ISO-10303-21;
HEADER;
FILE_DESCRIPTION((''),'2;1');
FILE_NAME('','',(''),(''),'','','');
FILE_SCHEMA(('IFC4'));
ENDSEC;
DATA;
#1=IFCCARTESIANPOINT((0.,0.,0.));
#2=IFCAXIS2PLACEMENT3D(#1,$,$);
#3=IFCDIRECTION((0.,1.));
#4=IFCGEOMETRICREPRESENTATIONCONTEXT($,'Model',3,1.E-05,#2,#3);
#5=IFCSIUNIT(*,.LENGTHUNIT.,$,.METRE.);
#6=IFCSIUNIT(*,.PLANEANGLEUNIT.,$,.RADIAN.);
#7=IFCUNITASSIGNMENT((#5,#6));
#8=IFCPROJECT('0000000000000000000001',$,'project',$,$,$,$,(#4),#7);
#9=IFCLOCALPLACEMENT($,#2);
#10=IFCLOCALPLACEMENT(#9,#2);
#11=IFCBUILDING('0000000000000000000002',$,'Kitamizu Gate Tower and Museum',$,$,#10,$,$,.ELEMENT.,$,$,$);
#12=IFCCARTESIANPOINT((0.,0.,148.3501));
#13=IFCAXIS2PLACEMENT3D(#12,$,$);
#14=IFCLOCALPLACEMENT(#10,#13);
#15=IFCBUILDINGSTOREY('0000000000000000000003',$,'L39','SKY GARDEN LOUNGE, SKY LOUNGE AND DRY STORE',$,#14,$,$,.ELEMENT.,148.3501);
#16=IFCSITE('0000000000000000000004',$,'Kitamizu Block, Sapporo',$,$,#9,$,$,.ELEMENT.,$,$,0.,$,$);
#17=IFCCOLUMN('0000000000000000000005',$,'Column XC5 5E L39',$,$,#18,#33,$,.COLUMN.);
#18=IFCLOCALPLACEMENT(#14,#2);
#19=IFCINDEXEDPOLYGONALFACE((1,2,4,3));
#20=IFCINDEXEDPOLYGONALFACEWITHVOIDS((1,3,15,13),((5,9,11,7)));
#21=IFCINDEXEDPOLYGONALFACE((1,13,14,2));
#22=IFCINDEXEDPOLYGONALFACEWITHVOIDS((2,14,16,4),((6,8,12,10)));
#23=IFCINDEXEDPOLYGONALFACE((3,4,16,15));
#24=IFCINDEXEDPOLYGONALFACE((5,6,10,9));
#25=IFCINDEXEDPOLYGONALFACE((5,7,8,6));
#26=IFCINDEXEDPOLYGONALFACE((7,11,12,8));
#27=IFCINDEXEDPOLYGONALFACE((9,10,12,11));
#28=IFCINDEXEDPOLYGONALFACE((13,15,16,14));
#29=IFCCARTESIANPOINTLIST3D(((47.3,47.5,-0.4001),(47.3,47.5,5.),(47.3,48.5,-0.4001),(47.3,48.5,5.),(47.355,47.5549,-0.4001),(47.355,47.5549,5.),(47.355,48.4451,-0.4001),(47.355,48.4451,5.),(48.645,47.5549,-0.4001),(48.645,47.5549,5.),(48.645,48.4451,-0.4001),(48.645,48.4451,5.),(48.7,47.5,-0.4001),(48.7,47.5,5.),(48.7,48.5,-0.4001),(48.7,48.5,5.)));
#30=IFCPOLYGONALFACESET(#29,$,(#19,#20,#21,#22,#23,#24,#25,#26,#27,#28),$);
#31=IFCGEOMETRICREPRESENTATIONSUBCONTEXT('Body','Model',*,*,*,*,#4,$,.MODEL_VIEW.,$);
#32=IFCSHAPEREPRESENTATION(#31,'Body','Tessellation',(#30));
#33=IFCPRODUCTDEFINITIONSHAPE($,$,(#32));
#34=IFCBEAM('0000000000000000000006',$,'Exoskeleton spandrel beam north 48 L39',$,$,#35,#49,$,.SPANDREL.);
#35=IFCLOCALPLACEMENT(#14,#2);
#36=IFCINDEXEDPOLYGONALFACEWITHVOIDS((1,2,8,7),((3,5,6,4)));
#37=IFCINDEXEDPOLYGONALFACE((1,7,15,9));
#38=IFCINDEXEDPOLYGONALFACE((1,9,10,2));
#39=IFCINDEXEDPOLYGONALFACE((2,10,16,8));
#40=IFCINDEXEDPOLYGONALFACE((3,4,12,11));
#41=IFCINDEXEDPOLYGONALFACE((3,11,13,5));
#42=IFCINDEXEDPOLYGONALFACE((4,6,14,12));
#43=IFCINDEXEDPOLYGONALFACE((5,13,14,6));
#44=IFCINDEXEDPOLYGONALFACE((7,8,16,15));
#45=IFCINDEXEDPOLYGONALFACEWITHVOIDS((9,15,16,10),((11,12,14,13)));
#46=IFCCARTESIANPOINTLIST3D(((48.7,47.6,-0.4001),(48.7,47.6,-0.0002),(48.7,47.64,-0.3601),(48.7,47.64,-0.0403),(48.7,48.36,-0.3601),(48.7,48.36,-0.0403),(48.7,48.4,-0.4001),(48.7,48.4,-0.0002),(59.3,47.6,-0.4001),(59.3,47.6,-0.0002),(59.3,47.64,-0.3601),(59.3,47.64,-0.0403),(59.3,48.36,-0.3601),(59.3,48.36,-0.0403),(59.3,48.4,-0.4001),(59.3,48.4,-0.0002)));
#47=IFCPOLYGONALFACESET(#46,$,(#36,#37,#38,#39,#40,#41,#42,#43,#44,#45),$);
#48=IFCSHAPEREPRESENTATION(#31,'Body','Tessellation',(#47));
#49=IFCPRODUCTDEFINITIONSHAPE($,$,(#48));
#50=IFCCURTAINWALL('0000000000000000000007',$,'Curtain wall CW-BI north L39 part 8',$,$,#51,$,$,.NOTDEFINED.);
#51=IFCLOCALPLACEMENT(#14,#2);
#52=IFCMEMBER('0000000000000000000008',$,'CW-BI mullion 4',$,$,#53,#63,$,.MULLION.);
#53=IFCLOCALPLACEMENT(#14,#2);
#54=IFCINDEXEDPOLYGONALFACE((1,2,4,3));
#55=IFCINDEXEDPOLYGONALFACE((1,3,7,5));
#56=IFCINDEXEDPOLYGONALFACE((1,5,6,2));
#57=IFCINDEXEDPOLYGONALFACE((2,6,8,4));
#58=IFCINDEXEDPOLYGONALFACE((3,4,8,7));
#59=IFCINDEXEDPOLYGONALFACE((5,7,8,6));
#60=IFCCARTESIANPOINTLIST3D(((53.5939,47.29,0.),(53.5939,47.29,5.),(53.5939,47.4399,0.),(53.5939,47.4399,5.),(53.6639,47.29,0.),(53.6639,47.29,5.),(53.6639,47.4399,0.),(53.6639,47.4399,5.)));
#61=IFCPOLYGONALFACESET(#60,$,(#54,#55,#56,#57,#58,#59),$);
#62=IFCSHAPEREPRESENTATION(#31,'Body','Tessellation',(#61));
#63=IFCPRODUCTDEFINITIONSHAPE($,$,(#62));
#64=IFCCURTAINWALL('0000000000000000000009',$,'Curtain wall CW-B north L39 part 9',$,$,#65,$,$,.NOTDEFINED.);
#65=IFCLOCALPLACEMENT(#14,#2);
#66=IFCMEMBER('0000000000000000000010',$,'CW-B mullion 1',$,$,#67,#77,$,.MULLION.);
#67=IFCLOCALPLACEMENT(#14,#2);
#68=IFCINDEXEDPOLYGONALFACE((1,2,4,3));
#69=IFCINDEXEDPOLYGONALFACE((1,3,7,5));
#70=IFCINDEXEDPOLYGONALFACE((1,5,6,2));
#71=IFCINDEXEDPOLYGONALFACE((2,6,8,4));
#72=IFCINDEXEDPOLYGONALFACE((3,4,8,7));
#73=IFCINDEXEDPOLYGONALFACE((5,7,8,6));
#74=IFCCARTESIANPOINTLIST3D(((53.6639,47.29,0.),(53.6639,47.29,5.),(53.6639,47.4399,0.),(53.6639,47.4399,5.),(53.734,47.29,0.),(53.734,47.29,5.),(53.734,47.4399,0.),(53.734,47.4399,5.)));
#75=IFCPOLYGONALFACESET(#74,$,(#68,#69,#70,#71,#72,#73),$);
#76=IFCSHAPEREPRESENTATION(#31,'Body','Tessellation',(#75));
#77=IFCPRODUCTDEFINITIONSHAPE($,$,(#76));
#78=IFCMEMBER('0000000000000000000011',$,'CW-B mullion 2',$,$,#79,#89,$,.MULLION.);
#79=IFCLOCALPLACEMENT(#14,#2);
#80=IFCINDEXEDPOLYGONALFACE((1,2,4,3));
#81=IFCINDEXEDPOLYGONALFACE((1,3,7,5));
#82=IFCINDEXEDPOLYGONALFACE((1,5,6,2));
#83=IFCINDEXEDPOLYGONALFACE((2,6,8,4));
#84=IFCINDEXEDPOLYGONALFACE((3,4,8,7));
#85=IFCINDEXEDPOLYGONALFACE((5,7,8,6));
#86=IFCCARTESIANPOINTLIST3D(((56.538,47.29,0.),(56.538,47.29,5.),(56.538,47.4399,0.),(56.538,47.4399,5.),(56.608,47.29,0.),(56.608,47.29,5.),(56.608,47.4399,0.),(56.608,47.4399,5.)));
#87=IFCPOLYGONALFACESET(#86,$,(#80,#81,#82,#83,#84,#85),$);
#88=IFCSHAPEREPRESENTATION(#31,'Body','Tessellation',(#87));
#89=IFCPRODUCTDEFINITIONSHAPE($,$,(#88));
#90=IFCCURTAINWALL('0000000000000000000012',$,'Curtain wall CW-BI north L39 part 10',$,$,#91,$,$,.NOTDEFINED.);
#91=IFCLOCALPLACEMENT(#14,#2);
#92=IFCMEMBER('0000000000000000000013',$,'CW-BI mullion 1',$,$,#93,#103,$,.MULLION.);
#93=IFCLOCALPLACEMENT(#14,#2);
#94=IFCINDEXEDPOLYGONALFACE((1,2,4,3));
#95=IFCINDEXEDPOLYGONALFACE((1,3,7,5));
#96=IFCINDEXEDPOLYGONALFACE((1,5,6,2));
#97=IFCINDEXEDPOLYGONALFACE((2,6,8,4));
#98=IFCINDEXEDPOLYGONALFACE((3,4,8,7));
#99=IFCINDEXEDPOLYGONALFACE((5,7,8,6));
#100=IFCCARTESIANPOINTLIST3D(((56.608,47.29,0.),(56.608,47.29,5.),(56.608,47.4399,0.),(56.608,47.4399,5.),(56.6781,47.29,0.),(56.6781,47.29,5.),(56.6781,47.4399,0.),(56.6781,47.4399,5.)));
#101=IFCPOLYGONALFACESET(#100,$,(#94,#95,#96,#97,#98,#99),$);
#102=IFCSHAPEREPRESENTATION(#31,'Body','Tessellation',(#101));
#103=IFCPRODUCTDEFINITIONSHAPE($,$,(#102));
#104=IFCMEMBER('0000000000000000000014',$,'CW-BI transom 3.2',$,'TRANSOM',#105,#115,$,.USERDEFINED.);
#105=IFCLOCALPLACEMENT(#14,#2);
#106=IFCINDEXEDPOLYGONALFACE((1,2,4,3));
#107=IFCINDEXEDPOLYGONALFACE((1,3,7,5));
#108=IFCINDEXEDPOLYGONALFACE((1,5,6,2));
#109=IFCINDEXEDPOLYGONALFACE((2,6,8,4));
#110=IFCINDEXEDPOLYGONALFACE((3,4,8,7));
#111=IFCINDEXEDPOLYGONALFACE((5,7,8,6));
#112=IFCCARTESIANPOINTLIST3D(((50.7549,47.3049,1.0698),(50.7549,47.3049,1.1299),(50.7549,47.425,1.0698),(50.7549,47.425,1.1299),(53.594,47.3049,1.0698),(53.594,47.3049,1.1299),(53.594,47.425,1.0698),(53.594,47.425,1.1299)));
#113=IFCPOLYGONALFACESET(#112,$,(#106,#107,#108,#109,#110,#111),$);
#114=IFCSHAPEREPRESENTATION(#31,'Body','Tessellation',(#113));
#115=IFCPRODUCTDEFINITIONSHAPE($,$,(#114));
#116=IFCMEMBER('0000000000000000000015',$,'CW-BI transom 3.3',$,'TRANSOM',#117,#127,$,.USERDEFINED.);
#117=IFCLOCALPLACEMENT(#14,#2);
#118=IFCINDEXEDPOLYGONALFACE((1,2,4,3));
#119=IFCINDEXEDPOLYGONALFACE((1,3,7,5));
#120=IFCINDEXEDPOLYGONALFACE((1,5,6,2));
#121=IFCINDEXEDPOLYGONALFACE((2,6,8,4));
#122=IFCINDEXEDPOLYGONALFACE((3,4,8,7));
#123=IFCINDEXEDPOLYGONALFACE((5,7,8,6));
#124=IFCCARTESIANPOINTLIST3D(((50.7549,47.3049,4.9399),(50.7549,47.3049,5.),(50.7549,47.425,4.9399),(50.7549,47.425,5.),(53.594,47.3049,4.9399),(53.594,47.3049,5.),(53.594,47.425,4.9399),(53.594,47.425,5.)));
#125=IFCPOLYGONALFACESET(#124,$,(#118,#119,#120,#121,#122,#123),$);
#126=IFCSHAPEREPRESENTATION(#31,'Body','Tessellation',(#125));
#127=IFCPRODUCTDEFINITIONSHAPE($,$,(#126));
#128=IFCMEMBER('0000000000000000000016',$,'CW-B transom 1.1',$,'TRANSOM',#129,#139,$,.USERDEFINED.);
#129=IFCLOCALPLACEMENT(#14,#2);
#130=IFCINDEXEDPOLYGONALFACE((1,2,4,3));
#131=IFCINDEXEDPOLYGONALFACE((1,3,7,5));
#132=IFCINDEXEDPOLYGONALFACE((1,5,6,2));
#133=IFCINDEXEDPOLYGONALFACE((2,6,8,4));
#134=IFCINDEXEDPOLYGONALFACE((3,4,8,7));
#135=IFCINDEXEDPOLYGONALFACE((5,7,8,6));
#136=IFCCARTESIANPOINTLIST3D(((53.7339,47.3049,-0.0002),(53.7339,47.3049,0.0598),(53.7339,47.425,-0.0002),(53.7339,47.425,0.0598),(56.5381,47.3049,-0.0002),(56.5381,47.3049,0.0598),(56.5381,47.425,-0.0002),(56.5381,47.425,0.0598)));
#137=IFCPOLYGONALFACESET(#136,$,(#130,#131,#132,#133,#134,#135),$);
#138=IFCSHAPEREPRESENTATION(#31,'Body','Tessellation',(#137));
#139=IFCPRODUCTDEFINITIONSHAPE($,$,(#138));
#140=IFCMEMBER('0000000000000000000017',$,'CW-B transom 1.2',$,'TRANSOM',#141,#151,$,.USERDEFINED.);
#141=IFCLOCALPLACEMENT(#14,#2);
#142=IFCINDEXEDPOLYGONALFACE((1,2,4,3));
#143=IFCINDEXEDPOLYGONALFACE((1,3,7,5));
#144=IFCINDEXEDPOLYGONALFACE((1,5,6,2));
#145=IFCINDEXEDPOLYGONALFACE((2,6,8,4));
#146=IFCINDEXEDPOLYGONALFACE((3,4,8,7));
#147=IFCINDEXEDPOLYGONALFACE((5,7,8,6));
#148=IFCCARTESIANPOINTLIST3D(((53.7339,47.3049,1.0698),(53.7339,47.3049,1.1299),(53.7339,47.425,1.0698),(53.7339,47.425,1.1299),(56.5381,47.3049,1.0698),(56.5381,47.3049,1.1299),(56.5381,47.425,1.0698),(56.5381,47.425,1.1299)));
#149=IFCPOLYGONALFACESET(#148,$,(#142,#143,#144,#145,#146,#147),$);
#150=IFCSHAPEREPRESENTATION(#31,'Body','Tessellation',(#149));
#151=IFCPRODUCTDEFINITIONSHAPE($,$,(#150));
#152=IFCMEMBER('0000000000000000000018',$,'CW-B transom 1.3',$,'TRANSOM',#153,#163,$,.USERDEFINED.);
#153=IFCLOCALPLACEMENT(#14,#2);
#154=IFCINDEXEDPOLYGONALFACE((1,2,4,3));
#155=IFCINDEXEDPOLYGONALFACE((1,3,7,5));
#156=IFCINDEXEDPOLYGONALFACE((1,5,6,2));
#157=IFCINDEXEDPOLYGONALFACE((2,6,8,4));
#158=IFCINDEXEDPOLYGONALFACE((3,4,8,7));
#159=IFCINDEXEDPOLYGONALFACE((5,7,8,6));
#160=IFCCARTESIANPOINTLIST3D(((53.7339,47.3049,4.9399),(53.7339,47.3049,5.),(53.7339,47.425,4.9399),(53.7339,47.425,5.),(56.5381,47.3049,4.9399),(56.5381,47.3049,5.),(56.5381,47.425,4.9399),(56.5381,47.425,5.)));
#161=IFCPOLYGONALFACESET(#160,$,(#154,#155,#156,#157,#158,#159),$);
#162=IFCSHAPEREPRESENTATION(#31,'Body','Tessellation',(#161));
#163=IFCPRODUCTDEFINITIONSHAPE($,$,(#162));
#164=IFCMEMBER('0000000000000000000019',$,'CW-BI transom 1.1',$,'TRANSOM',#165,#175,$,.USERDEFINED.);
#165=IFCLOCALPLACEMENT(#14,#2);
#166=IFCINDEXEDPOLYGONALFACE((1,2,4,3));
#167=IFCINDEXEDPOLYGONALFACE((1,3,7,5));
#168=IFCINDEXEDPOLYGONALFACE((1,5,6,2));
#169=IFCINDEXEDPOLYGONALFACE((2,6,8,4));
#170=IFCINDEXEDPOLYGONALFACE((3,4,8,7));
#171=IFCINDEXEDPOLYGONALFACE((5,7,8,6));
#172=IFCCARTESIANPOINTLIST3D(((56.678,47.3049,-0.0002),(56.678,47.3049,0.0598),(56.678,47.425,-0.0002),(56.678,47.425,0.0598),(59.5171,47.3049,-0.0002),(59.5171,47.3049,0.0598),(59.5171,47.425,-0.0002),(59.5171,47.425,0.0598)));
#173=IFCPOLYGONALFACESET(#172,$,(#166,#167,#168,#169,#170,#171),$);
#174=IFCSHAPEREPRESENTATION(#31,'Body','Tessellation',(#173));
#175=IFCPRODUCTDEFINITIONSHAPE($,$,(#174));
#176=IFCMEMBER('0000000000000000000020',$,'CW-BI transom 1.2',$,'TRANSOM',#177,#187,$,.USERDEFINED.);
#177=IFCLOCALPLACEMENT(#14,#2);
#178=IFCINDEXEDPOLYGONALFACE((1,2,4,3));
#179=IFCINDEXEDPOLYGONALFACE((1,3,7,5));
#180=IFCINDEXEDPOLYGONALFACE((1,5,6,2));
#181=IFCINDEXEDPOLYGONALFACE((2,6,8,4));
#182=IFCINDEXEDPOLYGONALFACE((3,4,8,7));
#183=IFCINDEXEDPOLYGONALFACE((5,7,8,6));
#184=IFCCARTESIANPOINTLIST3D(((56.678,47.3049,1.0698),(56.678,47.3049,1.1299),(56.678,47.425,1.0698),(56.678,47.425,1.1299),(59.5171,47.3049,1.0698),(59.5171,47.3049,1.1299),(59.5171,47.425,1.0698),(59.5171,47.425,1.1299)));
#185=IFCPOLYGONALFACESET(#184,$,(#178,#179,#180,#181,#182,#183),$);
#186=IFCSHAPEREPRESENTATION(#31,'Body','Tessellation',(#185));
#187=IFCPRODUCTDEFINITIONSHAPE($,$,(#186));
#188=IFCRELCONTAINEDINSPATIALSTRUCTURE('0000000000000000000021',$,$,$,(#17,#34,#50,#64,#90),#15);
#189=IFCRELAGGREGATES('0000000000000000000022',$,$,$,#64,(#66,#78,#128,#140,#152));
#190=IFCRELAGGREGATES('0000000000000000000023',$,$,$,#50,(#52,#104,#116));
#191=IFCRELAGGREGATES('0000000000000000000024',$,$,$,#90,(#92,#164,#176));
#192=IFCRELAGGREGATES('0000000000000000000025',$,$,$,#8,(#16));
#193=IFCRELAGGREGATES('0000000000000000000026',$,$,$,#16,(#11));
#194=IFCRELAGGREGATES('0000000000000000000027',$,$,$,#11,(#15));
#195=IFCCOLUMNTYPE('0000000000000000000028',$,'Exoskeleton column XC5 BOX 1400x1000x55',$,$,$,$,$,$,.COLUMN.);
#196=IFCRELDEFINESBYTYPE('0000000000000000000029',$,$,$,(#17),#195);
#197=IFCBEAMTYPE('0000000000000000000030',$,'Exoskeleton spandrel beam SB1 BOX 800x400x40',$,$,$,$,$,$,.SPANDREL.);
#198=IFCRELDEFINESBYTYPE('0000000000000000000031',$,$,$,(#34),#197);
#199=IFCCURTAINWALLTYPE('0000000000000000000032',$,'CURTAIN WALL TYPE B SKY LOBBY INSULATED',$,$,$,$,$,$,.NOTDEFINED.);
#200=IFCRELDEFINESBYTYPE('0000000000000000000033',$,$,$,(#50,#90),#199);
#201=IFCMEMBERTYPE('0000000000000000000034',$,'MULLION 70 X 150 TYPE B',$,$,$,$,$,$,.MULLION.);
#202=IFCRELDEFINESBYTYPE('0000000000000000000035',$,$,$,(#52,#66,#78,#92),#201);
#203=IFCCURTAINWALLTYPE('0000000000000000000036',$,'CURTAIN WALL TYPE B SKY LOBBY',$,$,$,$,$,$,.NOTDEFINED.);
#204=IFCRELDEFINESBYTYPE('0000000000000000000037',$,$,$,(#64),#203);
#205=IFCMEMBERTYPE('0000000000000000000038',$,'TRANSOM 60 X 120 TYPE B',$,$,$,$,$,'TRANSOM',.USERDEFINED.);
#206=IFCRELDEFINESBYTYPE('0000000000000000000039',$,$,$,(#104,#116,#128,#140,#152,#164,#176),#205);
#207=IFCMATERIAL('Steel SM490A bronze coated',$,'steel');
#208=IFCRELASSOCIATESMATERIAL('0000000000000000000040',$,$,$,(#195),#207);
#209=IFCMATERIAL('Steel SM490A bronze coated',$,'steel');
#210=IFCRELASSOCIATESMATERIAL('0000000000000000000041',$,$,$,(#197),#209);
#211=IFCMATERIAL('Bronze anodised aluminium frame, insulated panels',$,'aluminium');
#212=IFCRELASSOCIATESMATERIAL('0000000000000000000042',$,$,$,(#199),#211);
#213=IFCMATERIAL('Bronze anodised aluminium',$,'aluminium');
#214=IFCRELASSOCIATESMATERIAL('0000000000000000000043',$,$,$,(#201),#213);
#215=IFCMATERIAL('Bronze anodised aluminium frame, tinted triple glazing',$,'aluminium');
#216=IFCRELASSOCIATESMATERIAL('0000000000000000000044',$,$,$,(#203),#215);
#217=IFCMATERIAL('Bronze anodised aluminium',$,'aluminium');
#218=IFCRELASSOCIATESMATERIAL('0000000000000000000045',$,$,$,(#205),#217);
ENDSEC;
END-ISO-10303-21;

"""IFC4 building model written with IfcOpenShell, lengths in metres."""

from ifc_helpers import new_model, si_unit, direction, frame, origin, origin_2d, place, context, subcontext, project, spatial, rectangle, hollow_rectangle, extrude, material, material_profile, profile_set, type_object, element, aggregate, save


model = new_model("IFC4")

# Units and contexts
model_context = context("Model", 3, precision=1e-05, world=origin(), true_north=direction((0.0, 1.0)))
body_context = subcontext(model_context, "Body", "Model", "MODEL_VIEW")
ifc_project = project(units=[si_unit("LENGTHUNIT", "METRE"), si_unit("PLANEANGLEUNIT", "RADIAN")], contexts=[model_context])

# Site, building, storey
site_placement = place(None, origin())
site = spatial("IfcSite", under=ifc_project, at=site_placement, Name="Kitamizu Block, Sapporo", CompositionType="ELEMENT", RefElevation=0.0)
building_placement = place(site_placement, origin())
building = spatial("IfcBuilding", under=site, at=building_placement, Name="Kitamizu Gate Tower and Museum", CompositionType="ELEMENT")
storey_placement = place(building_placement, frame((0.0, 0.0, 148.3501)))
storey = spatial("IfcBuildingStorey", under=building, at=storey_placement, Name="L39", Description="SKY GARDEN LOUNGE, SKY LOUNGE AND DRY STORE", CompositionType="ELEMENT", Elevation=148.3501)

# Column
ifc_material_1 = material(Name="Steel SM490A bronze coated", Category="steel")
ifc_material_profile_1 = material_profile(ifc_material_1, hollow_rectangle(XDim=1.3999, YDim=1.0, WallThickness=0.0549, at=origin_2d()), Name="BOX 1400x1000x55")
ifc_profile_set_1 = profile_set([ifc_material_profile_1], Name="Steel SM490A bronze coated")
column_type = type_object("IfcColumnType", Name="Exoskeleton column XC5 BOX 1400x1000x55", PredefinedType="COLUMN", material=ifc_profile_set_1)
column_placement = place(storey_placement, frame((48.0, 48.0, -0.4001), z_axis=(0.0, 0.0, 1.0), x_axis=(1.0, 0.0, 0.0)))
element("IfcColumn", 1, at=column_placement, inside=storey, type_object=column_type, Name="Column XC5 5E L39", PredefinedType="COLUMN", context=body_context, shape_type="SweptSolid", body=[
    extrude(hollow_rectangle(XDim=1.3999, YDim=1.0, WallThickness=0.0549, at=origin_2d()), origin(), (0.0, 0.0, 1.0), 5.4001),
])

# Beam
ifc_material_2 = material(Name="Steel SM490A bronze coated", Category="steel")
ifc_material_profile_2 = material_profile(ifc_material_2, hollow_rectangle(XDim=0.8, YDim=0.3999, WallThickness=0.04, at=origin_2d()), Name="BOX 800x400x40")
ifc_profile_set_2 = profile_set([ifc_material_profile_2], Name="Steel SM490A bronze coated")
beam_type = type_object("IfcBeamType", Name="Exoskeleton spandrel beam SB1 BOX 800x400x40", PredefinedType="SPANDREL", material=ifc_profile_set_2)
beam_placement = place(storey_placement, frame((48.7, 48.0, -0.2002), z_axis=(1.0, 0.0, 0.0), x_axis=(0.0, 1.0, 0.0)))
element("IfcBeam", 2, at=beam_placement, inside=storey, type_object=beam_type, Name="Exoskeleton spandrel beam north 48 L39", PredefinedType="SPANDREL", context=body_context, shape_type="SweptSolid", body=[
    extrude(hollow_rectangle(XDim=0.8, YDim=0.3999, WallThickness=0.04, at=origin_2d()), origin(), (0.0, 0.0, 1.0), 10.6001),
])

# Curtain wall, member
ifc_material_3 = material(Name="Bronze anodised aluminium frame, insulated panels", Category="aluminium")
curtain_wall_type_1 = type_object("IfcCurtainWallType", Name="CURTAIN WALL TYPE B SKY LOBBY INSULATED", PredefinedType="NOTDEFINED", material=ifc_material_3)
curtain_wall_1_placement = place(storey_placement, origin())
curtain_wall_1 = element("IfcCurtainWall", 3, at=curtain_wall_1_placement, inside=storey, type_object=curtain_wall_type_1, Name="Curtain wall CW-BI north L39 part 8", PredefinedType="NOTDEFINED")
ifc_material_4 = material(Name="Bronze anodised aluminium", Category="aluminium")
ifc_material_profile_3 = material_profile(ifc_material_4, rectangle(XDim=0.0701, YDim=0.1499, at=origin_2d()), Name="AL 70X150")
ifc_profile_set_3 = profile_set([ifc_material_profile_3], Name="Bronze anodised aluminium")
member_type_1 = type_object("IfcMemberType", Name="MULLION 70 X 150 TYPE B", PredefinedType="MULLION", material=ifc_profile_set_3)
member_1_placement = place(storey_placement, frame((53.6289, 47.365, 0.0), z_axis=(0.0, 0.0, 1.0), x_axis=(1.0, 0.0, 0.0)))
member_1 = element("IfcMember", 4, at=member_1_placement, type_object=member_type_1, Name="CW-BI mullion 4", PredefinedType="MULLION", context=body_context, shape_type="SweptSolid", body=[
    extrude(rectangle(XDim=0.0701, YDim=0.1499, at=origin_2d()), origin(), (0.0, 0.0, 1.0), 5.0),
])

# Curtain wall, members
ifc_material_5 = material(Name="Bronze anodised aluminium frame, tinted triple glazing", Category="aluminium")
curtain_wall_type_2 = type_object("IfcCurtainWallType", Name="CURTAIN WALL TYPE B SKY LOBBY", PredefinedType="NOTDEFINED", material=ifc_material_5)
curtain_wall_2_placement = place(storey_placement, origin())
curtain_wall_2 = element("IfcCurtainWall", 5, at=curtain_wall_2_placement, inside=storey, type_object=curtain_wall_type_2, Name="Curtain wall CW-B north L39 part 9", PredefinedType="NOTDEFINED")
member_2_placement = place(storey_placement, frame((53.699, 47.365, 0.0), z_axis=(0.0, 0.0, 1.0), x_axis=(1.0, 0.0, 0.0)))
member_2 = element("IfcMember", 6, at=member_2_placement, type_object=member_type_1, Name="CW-B mullion 1", PredefinedType="MULLION", context=body_context, shape_type="SweptSolid", body=[
    extrude(rectangle(XDim=0.0701, YDim=0.1499, at=origin_2d()), origin(), (0.0, 0.0, 1.0), 5.0),
])
member_3_placement = place(storey_placement, frame((56.573, 47.365, 0.0), z_axis=(0.0, 0.0, 1.0), x_axis=(1.0, 0.0, 0.0)))
member_3 = element("IfcMember", 7, at=member_3_placement, type_object=member_type_1, Name="CW-B mullion 2", PredefinedType="MULLION", context=body_context, shape_type="SweptSolid", body=[
    extrude(rectangle(XDim=0.0701, YDim=0.1499, at=origin_2d()), origin(), (0.0, 0.0, 1.0), 5.0),
])

# Curtain wall, member
curtain_wall_3_placement = place(storey_placement, origin())
curtain_wall_3 = element("IfcCurtainWall", 8, at=curtain_wall_3_placement, inside=storey, type_object=curtain_wall_type_1, Name="Curtain wall CW-BI north L39 part 10", PredefinedType="NOTDEFINED")
member_4_placement = place(storey_placement, frame((56.6431, 47.365, 0.0), z_axis=(0.0, 0.0, 1.0), x_axis=(1.0, 0.0, 0.0)))
member_4 = element("IfcMember", 9, at=member_4_placement, type_object=member_type_1, Name="CW-BI mullion 1", PredefinedType="MULLION", context=body_context, shape_type="SweptSolid", body=[
    extrude(rectangle(XDim=0.0701, YDim=0.1499, at=origin_2d()), origin(), (0.0, 0.0, 1.0), 5.0),
])

# Members
ifc_material_6 = material(Name="Bronze anodised aluminium", Category="aluminium")
ifc_material_profile_4 = material_profile(ifc_material_6, rectangle(XDim=0.1201, YDim=0.0601, at=origin_2d()), Name="AL 60X120")
ifc_profile_set_4 = profile_set([ifc_material_profile_4], Name="Bronze anodised aluminium")
member_type_2 = type_object("IfcMemberType", Name="TRANSOM 60 X 120 TYPE B", ElementType="TRANSOM", PredefinedType="USERDEFINED", material=ifc_profile_set_4)
member_5_placement = place(storey_placement, frame((50.7549, 47.365, 1.0999), z_axis=(1.0, 0.0, 0.0), x_axis=(0.0, 1.0, 0.0)))
member_5 = element("IfcMember", 10, at=member_5_placement, type_object=member_type_2, Name="CW-BI transom 3.2", ObjectType="TRANSOM", PredefinedType="USERDEFINED", context=body_context, shape_type="SweptSolid", body=[
    extrude(rectangle(XDim=0.1201, YDim=0.0601, at=origin_2d()), origin(), (0.0, 0.0, 1.0), 2.8391),
])
member_6_placement = place(storey_placement, frame((50.7549, 47.365, 4.97), z_axis=(1.0, 0.0, 0.0), x_axis=(0.0, 1.0, 0.0)))
member_6 = element("IfcMember", 11, at=member_6_placement, type_object=member_type_2, Name="CW-BI transom 3.3", ObjectType="TRANSOM", PredefinedType="USERDEFINED", context=body_context, shape_type="SweptSolid", body=[
    extrude(rectangle(XDim=0.1201, YDim=0.0601, at=origin_2d()), origin(), (0.0, 0.0, 1.0), 2.8391),
])
member_7_placement = place(storey_placement, frame((53.7339, 47.365, 0.0298), z_axis=(1.0, 0.0, 0.0), x_axis=(0.0, 1.0, 0.0)))
member_7 = element("IfcMember", 12, at=member_7_placement, type_object=member_type_2, Name="CW-B transom 1.1", ObjectType="TRANSOM", PredefinedType="USERDEFINED", context=body_context, shape_type="SweptSolid", body=[
    extrude(rectangle(XDim=0.1201, YDim=0.0601, at=origin_2d()), origin(), (0.0, 0.0, 1.0), 2.8042),
])
member_8_placement = place(storey_placement, frame((53.7339, 47.365, 1.0999), z_axis=(1.0, 0.0, 0.0), x_axis=(0.0, 1.0, 0.0)))
member_8 = element("IfcMember", 13, at=member_8_placement, type_object=member_type_2, Name="CW-B transom 1.2", ObjectType="TRANSOM", PredefinedType="USERDEFINED", context=body_context, shape_type="SweptSolid", body=[
    extrude(rectangle(XDim=0.1201, YDim=0.0601, at=origin_2d()), origin(), (0.0, 0.0, 1.0), 2.8042),
])
member_9_placement = place(storey_placement, frame((53.7339, 47.365, 4.97), z_axis=(1.0, 0.0, 0.0), x_axis=(0.0, 1.0, 0.0)))
member_9 = element("IfcMember", 14, at=member_9_placement, type_object=member_type_2, Name="CW-B transom 1.3", ObjectType="TRANSOM", PredefinedType="USERDEFINED", context=body_context, shape_type="SweptSolid", body=[
    extrude(rectangle(XDim=0.1201, YDim=0.0601, at=origin_2d()), origin(), (0.0, 0.0, 1.0), 2.8042),
])
member_10_placement = place(storey_placement, frame((56.678, 47.365, 0.0298), z_axis=(1.0, 0.0, 0.0), x_axis=(0.0, 1.0, 0.0)))
member_10 = element("IfcMember", 15, at=member_10_placement, type_object=member_type_2, Name="CW-BI transom 1.1", ObjectType="TRANSOM", PredefinedType="USERDEFINED", context=body_context, shape_type="SweptSolid", body=[
    extrude(rectangle(XDim=0.1201, YDim=0.0601, at=origin_2d()), origin(), (0.0, 0.0, 1.0), 2.8391),
])
member_11_placement = place(storey_placement, frame((56.678, 47.365, 1.0999), z_axis=(1.0, 0.0, 0.0), x_axis=(0.0, 1.0, 0.0)))
member_11 = element("IfcMember", 16, at=member_11_placement, type_object=member_type_2, Name="CW-BI transom 1.2", ObjectType="TRANSOM", PredefinedType="USERDEFINED", context=body_context, shape_type="SweptSolid", body=[
    extrude(rectangle(XDim=0.1201, YDim=0.0601, at=origin_2d()), origin(), (0.0, 0.0, 1.0), 2.8391),
])

aggregate(curtain_wall_2, [member_2, member_3, member_7, member_8, member_9])
aggregate(curtain_wall_1, [member_1, member_5, member_6])
aggregate(curtain_wall_3, [member_4, member_10, member_11])

save(model, "model.ifc")
